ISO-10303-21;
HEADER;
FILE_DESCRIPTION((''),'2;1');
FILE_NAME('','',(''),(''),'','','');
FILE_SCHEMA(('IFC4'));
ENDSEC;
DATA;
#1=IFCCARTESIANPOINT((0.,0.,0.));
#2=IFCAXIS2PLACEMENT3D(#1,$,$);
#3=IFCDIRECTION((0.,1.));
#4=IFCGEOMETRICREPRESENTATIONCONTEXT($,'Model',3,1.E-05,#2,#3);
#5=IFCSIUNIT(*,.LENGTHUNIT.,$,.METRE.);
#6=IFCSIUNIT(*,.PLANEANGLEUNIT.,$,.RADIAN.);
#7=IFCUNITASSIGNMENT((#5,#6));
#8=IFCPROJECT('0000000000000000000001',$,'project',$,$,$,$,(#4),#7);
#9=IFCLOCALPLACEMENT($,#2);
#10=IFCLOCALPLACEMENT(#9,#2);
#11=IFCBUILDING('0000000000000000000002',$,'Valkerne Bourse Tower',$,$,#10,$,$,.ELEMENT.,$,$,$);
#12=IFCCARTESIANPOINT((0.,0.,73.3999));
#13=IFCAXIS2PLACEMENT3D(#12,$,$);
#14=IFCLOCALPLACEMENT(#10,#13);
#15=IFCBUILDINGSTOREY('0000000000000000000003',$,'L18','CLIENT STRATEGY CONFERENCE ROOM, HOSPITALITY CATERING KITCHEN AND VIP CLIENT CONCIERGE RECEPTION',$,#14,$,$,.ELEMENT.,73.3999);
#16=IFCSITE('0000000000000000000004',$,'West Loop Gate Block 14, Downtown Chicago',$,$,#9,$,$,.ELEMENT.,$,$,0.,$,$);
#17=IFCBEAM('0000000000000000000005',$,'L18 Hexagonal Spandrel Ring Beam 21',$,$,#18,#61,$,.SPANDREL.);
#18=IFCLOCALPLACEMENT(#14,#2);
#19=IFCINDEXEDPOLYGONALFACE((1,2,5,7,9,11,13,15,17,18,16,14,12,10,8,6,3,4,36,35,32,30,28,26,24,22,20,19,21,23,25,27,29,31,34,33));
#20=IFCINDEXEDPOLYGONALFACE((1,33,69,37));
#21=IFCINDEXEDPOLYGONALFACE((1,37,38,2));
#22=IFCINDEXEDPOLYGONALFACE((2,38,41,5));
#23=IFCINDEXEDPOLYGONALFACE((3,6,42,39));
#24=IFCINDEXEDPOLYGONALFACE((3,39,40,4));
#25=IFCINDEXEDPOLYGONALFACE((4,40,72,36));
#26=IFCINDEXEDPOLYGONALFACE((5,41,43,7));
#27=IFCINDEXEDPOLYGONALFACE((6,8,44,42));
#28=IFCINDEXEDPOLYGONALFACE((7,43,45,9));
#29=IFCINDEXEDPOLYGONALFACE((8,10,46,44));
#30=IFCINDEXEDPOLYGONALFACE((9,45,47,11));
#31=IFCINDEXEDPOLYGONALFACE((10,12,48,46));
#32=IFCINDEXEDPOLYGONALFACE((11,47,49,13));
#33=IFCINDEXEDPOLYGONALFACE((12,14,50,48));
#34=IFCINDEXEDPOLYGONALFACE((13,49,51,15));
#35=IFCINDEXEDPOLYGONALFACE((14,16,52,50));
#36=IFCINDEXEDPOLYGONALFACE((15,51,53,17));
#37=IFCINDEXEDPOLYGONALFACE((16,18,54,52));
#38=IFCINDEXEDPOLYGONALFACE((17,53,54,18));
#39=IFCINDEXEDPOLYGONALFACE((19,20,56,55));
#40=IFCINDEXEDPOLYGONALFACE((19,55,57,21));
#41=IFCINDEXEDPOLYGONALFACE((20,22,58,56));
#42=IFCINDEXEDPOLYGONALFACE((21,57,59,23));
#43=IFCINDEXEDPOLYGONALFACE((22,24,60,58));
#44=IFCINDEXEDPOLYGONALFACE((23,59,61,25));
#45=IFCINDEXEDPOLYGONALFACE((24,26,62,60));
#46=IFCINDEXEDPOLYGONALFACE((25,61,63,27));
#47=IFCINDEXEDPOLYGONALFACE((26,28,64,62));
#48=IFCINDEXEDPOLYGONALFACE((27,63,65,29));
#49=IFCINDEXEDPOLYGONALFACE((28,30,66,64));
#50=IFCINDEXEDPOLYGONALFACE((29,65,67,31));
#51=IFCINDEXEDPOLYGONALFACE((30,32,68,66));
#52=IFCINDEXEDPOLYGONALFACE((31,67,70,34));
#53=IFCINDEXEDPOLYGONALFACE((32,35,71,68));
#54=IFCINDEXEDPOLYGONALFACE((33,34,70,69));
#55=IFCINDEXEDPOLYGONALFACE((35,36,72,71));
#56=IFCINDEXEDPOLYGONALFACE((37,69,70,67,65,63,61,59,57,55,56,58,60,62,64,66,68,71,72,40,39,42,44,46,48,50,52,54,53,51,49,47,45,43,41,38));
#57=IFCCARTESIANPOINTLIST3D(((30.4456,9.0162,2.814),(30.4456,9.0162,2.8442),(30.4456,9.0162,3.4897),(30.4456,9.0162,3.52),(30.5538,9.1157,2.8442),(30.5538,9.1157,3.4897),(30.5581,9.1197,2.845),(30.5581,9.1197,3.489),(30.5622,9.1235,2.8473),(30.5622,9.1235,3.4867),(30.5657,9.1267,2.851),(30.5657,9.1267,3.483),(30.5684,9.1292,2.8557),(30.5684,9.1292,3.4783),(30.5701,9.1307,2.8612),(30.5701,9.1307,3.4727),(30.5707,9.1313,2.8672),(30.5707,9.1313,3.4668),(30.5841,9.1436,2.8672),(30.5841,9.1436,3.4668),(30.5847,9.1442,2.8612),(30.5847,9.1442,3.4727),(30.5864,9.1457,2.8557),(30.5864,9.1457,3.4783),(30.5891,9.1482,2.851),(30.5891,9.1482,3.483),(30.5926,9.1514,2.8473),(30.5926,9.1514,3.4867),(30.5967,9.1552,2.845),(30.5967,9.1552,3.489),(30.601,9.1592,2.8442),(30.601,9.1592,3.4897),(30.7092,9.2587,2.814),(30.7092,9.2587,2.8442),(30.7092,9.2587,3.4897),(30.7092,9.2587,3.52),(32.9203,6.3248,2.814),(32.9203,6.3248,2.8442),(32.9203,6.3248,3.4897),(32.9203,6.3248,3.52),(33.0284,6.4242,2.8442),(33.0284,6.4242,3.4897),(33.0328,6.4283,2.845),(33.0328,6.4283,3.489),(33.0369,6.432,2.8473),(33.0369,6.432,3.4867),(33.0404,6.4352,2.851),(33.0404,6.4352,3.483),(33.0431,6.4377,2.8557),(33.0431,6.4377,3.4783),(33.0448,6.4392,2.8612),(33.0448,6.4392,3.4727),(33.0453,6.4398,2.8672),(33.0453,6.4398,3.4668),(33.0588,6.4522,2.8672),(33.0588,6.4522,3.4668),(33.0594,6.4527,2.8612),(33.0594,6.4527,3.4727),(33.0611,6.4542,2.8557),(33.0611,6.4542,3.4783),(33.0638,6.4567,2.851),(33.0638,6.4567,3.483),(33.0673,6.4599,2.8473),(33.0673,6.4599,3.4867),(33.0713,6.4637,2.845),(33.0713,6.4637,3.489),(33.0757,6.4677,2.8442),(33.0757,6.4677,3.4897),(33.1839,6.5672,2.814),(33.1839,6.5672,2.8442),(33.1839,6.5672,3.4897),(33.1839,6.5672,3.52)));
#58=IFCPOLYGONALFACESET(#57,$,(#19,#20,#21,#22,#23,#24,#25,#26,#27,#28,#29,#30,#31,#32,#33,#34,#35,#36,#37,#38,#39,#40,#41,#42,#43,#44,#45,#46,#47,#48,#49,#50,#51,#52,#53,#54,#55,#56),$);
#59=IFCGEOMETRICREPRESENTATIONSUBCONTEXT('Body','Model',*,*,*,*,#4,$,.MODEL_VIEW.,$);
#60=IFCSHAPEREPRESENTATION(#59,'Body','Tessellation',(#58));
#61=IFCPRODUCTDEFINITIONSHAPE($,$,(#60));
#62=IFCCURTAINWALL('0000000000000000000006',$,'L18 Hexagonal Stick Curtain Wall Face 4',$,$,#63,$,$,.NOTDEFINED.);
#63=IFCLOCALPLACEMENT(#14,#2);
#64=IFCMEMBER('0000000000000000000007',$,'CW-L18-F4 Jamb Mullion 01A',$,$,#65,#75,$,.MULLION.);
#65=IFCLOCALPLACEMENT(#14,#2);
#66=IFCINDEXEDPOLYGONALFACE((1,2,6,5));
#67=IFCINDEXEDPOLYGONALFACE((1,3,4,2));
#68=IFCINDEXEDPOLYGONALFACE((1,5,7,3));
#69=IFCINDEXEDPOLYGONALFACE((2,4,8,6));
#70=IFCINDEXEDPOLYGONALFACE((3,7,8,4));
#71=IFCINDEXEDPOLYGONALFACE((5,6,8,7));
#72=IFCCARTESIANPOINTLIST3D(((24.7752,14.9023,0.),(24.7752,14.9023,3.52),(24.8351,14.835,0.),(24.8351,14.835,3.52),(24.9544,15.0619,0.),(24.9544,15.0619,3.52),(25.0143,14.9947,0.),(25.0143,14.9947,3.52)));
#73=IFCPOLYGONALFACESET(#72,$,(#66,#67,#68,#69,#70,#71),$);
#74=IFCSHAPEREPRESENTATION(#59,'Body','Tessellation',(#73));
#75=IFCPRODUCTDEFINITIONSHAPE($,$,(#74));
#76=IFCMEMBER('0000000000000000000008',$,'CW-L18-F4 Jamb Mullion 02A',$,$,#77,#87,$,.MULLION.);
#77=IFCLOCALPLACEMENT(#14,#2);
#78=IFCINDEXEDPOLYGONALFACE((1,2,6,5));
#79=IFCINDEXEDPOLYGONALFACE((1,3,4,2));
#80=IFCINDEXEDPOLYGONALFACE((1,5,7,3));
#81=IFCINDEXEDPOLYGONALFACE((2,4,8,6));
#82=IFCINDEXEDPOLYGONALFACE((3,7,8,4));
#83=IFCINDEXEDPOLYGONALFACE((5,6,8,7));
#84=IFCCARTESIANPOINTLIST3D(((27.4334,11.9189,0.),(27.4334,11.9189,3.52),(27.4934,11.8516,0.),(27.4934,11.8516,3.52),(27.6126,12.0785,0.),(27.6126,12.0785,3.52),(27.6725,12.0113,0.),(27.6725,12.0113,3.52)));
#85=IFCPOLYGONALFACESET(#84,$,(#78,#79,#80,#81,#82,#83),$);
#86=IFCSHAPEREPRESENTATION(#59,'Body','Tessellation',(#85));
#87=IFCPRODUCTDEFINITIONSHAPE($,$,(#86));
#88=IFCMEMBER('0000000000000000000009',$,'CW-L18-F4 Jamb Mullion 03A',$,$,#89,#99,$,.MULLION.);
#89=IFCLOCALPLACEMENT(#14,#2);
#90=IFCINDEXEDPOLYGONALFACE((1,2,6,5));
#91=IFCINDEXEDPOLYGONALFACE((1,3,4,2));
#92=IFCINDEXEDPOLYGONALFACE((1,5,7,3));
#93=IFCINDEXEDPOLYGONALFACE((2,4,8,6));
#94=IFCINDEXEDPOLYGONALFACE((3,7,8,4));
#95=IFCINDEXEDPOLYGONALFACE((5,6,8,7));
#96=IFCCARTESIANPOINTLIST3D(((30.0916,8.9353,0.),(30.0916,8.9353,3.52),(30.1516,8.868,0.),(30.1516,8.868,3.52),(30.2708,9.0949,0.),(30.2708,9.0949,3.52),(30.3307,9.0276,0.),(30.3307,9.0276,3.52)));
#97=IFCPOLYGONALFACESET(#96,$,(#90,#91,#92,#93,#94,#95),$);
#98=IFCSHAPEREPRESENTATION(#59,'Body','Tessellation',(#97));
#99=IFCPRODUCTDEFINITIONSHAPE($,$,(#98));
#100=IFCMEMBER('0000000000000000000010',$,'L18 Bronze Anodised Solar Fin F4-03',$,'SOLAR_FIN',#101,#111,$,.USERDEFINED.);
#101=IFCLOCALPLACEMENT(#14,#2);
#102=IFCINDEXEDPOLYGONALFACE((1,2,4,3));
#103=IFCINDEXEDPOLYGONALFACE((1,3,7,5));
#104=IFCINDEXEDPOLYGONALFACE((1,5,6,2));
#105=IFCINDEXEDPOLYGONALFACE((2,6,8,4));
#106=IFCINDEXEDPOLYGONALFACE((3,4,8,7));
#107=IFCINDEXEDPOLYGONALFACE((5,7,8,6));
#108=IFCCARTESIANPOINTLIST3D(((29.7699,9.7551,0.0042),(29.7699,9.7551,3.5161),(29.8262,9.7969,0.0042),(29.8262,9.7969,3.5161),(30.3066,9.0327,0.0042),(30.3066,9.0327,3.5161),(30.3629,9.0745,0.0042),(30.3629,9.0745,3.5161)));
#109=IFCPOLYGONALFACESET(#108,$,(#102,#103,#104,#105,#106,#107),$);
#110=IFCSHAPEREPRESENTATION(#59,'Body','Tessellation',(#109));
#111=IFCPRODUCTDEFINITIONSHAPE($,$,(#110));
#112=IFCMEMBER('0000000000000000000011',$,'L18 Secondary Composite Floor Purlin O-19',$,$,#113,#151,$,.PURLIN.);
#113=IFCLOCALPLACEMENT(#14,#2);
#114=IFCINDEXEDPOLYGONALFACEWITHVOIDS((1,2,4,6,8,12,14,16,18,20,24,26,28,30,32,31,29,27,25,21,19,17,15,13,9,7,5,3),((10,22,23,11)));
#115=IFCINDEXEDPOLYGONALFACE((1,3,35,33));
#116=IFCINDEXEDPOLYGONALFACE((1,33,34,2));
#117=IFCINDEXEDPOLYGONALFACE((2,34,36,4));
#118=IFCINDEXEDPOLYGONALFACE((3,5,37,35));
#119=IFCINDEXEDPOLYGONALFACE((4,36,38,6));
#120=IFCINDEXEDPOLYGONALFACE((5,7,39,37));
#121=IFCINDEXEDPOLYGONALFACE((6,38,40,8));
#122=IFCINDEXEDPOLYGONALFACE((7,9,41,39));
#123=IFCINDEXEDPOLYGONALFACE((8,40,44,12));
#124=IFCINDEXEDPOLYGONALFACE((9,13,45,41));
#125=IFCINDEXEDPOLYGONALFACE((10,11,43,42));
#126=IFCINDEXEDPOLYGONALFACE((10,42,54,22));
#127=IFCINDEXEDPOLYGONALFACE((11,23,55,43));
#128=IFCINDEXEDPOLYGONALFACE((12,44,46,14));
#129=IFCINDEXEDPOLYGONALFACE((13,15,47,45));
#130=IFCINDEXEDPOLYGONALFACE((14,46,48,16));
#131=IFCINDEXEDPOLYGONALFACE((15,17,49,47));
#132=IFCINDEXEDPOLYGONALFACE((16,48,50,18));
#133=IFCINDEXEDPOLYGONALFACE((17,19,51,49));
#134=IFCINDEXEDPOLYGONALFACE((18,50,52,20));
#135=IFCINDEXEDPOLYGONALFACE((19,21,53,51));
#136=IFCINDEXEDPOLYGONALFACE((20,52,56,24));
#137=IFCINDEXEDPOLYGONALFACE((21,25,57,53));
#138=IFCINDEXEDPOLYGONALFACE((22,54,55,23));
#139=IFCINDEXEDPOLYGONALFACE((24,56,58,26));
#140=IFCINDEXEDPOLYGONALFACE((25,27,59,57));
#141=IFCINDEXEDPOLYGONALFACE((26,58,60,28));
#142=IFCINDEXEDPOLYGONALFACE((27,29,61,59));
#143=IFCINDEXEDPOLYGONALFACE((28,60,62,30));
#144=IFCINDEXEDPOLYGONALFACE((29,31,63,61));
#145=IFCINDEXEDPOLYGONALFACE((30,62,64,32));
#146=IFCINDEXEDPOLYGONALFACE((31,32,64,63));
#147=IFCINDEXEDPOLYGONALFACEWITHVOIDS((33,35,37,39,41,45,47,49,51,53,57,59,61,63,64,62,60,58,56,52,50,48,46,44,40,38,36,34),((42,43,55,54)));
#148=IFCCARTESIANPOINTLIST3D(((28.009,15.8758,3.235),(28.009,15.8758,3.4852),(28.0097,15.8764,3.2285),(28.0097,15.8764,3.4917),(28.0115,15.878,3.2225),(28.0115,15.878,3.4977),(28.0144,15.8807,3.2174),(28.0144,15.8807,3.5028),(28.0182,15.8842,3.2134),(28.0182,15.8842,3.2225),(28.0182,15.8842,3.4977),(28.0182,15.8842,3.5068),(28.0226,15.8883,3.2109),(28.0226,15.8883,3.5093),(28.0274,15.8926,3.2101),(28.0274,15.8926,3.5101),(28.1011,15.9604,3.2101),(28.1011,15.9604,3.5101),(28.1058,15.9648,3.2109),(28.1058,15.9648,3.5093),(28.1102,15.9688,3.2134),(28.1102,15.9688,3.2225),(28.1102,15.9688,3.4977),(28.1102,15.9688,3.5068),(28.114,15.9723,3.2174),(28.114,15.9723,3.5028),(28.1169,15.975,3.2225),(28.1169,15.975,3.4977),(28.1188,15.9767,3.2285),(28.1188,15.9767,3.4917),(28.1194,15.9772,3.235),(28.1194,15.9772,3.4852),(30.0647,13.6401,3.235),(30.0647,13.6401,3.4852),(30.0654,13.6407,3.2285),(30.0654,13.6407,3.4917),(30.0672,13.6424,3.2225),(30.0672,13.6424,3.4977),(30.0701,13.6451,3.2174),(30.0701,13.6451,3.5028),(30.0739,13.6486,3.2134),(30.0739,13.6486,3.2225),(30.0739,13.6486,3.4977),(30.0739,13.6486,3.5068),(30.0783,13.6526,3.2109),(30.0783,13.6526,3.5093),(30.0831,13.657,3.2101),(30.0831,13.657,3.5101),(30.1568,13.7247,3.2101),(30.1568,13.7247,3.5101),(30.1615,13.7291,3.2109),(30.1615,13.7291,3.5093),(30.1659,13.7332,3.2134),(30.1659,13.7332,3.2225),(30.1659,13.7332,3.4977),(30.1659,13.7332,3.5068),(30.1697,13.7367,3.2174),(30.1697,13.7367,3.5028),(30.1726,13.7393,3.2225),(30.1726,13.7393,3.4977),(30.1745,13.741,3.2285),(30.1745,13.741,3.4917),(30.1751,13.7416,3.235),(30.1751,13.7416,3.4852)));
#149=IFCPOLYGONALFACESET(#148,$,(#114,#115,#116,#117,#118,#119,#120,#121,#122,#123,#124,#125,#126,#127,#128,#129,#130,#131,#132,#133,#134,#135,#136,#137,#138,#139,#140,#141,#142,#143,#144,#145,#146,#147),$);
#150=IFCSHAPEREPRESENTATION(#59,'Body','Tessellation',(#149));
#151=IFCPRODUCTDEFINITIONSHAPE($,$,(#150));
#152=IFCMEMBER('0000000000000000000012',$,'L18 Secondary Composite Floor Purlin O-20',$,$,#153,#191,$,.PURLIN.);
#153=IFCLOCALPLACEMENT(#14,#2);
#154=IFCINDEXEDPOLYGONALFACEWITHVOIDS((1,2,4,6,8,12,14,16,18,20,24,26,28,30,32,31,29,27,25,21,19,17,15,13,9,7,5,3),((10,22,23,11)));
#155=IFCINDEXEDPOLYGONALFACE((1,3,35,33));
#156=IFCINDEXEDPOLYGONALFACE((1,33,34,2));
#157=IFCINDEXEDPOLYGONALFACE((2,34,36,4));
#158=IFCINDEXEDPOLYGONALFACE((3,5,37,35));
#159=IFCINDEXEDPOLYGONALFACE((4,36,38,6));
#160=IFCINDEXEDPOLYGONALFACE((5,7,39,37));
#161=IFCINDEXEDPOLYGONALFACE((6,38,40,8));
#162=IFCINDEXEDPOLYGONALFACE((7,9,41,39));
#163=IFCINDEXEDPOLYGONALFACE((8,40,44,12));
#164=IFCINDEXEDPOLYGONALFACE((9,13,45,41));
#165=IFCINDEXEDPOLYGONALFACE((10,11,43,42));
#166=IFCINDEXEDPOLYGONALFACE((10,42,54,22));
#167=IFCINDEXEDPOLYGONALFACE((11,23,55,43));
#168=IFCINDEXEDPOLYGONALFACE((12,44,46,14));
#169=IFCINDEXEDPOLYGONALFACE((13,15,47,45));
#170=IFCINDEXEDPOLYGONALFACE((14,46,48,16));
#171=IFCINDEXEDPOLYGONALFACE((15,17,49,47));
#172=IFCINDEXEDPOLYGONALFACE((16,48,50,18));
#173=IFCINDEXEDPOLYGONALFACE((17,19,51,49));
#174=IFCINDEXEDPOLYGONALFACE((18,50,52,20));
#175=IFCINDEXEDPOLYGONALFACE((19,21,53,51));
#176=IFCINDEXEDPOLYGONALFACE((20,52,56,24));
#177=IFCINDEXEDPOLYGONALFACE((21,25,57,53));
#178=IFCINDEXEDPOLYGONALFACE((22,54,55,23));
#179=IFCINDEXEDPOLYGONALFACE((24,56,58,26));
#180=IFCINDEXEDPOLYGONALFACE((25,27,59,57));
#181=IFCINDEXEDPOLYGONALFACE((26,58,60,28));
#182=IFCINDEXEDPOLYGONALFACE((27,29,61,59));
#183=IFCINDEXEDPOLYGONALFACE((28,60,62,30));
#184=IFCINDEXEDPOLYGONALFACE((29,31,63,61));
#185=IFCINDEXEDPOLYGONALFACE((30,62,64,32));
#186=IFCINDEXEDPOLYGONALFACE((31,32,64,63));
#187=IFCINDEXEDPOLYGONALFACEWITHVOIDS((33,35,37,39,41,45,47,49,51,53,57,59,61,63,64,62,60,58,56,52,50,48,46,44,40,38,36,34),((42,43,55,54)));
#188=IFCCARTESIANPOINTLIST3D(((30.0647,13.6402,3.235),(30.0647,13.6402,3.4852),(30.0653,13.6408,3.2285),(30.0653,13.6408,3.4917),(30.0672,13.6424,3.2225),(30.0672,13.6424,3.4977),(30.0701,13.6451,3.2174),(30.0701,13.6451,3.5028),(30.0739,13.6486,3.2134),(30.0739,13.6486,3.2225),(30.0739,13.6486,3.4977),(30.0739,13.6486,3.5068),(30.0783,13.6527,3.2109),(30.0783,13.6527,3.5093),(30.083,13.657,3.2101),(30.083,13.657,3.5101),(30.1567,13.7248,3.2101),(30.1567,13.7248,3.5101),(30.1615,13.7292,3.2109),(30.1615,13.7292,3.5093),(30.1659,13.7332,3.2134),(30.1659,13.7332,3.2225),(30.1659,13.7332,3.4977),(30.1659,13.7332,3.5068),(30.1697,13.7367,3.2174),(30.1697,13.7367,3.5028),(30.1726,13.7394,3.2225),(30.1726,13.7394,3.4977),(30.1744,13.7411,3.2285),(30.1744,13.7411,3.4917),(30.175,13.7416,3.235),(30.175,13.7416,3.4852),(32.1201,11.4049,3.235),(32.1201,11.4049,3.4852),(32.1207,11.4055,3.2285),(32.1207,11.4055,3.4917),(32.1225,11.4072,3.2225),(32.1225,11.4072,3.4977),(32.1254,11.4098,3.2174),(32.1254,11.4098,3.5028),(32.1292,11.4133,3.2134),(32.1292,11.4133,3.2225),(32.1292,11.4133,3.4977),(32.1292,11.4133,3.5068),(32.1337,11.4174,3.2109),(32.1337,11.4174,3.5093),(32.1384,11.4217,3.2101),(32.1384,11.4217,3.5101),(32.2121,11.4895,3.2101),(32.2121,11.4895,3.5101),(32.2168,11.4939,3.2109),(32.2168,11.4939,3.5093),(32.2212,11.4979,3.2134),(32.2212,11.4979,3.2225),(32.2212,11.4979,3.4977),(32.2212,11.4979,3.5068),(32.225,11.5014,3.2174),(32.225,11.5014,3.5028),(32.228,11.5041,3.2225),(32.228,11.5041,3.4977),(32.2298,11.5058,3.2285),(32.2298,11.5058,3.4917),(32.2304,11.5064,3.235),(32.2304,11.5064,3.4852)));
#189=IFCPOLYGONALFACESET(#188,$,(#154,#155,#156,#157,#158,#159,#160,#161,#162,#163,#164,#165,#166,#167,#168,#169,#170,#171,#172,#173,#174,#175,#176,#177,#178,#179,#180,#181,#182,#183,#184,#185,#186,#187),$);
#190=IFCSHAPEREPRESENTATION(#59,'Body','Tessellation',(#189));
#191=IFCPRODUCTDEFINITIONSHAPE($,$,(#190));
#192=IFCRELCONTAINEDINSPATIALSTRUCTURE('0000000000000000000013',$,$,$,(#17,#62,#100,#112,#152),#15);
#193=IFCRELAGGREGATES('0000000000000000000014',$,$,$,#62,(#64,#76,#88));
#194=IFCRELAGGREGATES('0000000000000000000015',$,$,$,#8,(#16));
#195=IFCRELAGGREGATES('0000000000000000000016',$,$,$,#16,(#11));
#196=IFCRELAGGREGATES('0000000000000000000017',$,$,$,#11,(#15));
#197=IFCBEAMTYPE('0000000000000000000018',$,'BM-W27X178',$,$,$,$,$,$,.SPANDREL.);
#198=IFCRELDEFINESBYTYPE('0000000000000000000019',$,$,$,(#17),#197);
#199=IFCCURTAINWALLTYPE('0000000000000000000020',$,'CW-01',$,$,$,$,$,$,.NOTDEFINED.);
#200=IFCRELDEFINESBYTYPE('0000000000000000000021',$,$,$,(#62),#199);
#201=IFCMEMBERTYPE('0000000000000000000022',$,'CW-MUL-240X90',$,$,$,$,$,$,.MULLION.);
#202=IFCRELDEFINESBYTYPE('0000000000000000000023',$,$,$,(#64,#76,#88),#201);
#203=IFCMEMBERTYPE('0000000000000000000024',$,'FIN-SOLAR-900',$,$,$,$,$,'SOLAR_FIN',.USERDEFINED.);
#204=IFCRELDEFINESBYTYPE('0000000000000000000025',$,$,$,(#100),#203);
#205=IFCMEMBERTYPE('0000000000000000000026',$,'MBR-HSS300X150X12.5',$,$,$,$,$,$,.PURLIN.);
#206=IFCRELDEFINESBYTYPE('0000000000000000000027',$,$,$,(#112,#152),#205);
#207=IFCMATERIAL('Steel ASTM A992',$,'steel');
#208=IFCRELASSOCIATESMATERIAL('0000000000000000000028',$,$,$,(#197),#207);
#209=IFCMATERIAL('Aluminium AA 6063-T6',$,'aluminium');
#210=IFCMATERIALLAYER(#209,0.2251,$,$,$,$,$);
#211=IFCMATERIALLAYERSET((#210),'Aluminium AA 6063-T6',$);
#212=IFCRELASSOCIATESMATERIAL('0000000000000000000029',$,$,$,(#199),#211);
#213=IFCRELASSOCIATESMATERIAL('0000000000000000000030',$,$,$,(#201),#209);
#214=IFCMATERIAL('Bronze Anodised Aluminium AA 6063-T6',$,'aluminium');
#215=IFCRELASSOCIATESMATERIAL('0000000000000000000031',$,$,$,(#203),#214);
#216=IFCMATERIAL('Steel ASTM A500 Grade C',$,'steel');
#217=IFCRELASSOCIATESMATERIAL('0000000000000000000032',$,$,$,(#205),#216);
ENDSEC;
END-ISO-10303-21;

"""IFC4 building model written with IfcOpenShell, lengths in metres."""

from ifc_helpers import new_model, si_unit, direction, frame, origin, origin_2d, place, context, subcontext, project, spatial, rectangle, hollow_rectangle, i_section, extrude, material, layer, layer_set, material_profile, profile_set, type_object, element, aggregate, save


model = new_model("IFC4")

# Units and contexts
model_context = context("Model", 3, precision=1e-05, world=origin(), true_north=direction((0.0, 1.0)))
body_context = subcontext(model_context, "Body", "Model", "MODEL_VIEW")
ifc_project = project(units=[si_unit("LENGTHUNIT", "METRE"), si_unit("PLANEANGLEUNIT", "RADIAN")], contexts=[model_context])

# Site, building, storey
site_placement = place(None, origin())
site = spatial("IfcSite", under=ifc_project, at=site_placement, Name="West Loop Gate Block 14, Downtown Chicago", CompositionType="ELEMENT", RefElevation=0.0)
building_placement = place(site_placement, origin())
building = spatial("IfcBuilding", under=site, at=building_placement, Name="Valkerne Bourse Tower", CompositionType="ELEMENT")
storey_placement = place(building_placement, frame((0.0, 0.0, 73.3999)))
storey = spatial("IfcBuildingStorey", under=building, at=storey_placement, Name="L18", Description="CLIENT STRATEGY CONFERENCE ROOM, HOSPITALITY CATERING KITCHEN AND VIP CLIENT CONCIERGE RECEPTION", CompositionType="ELEMENT", Elevation=73.3999)

# Beam
ifc_material_1 = material(Name="Steel ASTM A992", Category="steel")
ifc_material_profile_1 = material_profile(ifc_material_1, i_section(OverallWidth=0.3582, OverallDepth=0.7061, WebThickness=0.0183, FlangeThickness=0.0303, FilletRadius=0.0229, at=origin_2d()), Name="W27X178")
ifc_profile_set_1 = profile_set([ifc_material_profile_1], Name="Steel ASTM A992")
beam_type_1 = type_object("IfcBeamType", Name="BM-W27X178", PredefinedType="SPANDREL", material=ifc_profile_set_1)
beam_1_placement = place(storey_placement, frame((30.5774, 9.1375, 3.167), z_axis=(0.676837, -0.736133, 0.0), x_axis=(0.736133, 0.676837, 0.0)))
element("IfcBeam", 1, at=beam_1_placement, inside=storey, type_object=beam_type_1, Name="L18 Hexagonal Spandrel Ring Beam 21", PredefinedType="SPANDREL", context=body_context, shape_type="SweptSolid", body=[
    extrude(i_section(OverallWidth=0.3582, OverallDepth=0.7061, WebThickness=0.0183, FlangeThickness=0.0303, FilletRadius=0.0229, at=origin_2d()), origin(), (0.0, 0.0, 1.0), 3.6562),
])

# Curtain wall, members
ifc_material_2 = material(Name="Aluminium AA 6063-T6", Category="aluminium")
ifc_layer_1 = layer(ifc_material_2, 0.2251)
ifc_layer_set_1 = layer_set([ifc_layer_1], Name="Aluminium AA 6063-T6")
curtain_wall_type = type_object("IfcCurtainWallType", Name="CW-01", PredefinedType="NOTDEFINED", material=ifc_layer_set_1)
curtain_wall_placement = place(storey_placement, origin())
curtain_wall = element("IfcCurtainWall", 2, at=curtain_wall_placement, inside=storey, type_object=curtain_wall_type, Name="L18 Hexagonal Stick Curtain Wall Face 4", PredefinedType="NOTDEFINED")
ifc_material_profile_2 = material_profile(ifc_material_2, rectangle(XDim=0.0901, YDim=0.24, at=origin_2d()), Name="CWM-90X240")
ifc_profile_set_2 = profile_set([ifc_material_profile_2], Name="Aluminium AA 6063-T6")
member_type_1 = type_object("IfcMemberType", Name="CW-MUL-240X90", PredefinedType="MULLION", material=ifc_profile_set_2)
member_1_placement = place(storey_placement, frame((24.8948, 14.9485, 0.0), z_axis=(0.0, 0.0, 1.0), x_axis=(0.665232, -0.746637, 0.0)))
member_1 = element("IfcMember", 3, at=member_1_placement, type_object=member_type_1, Name="CW-L18-F4 Jamb Mullion 01A", PredefinedType="MULLION", context=body_context, shape_type="SweptSolid", body=[
    extrude(rectangle(XDim=0.0901, YDim=0.24, at=origin_2d()), origin(), (0.0, 0.0, 1.0), 3.52),
])
member_2_placement = place(storey_placement, frame((27.553, 11.9651, 0.0), z_axis=(0.0, 0.0, 1.0), x_axis=(0.665244, -0.746626, 0.0)))
member_2 = element("IfcMember", 4, at=member_2_placement, type_object=member_type_1, Name="CW-L18-F4 Jamb Mullion 02A", PredefinedType="MULLION", context=body_context, shape_type="SweptSolid", body=[
    extrude(rectangle(XDim=0.0901, YDim=0.24, at=origin_2d()), origin(), (0.0, 0.0, 1.0), 3.52),
])
member_3_placement = place(storey_placement, frame((30.2112, 8.9814, 0.0), z_axis=(0.0, 0.0, 1.0), x_axis=(0.665218, -0.746649, 0.0)))
member_3 = element("IfcMember", 5, at=member_3_placement, type_object=member_type_1, Name="CW-L18-F4 Jamb Mullion 03A", PredefinedType="MULLION", context=body_context, shape_type="SweptSolid", body=[
    extrude(rectangle(XDim=0.0901, YDim=0.24, at=origin_2d()), origin(), (0.0, 0.0, 1.0), 3.52),
])

# Members
ifc_material_3 = material(Name="Bronze Anodised Aluminium AA 6063-T6", Category="aluminium")
ifc_material_profile_3 = material_profile(ifc_material_3, rectangle(XDim=0.0701, YDim=0.8999, at=origin_2d()), Name="FIN-70X900")
ifc_profile_set_3 = profile_set([ifc_material_profile_3], Name="Bronze Anodised Aluminium AA 6063-T6")
member_type_2 = type_object("IfcMemberType", Name="FIN-SOLAR-900", ElementType="SOLAR_FIN", PredefinedType="USERDEFINED", material=ifc_profile_set_3)
member_4_placement = place(storey_placement, frame((30.0664, 9.4148, 0.0042), z_axis=(0.0, 0.0, 1.0), x_axis=(-0.802679, -0.596411, 0.0)))
element("IfcMember", 6, at=member_4_placement, inside=storey, type_object=member_type_2, Name="L18 Bronze Anodised Solar Fin F4-03", ObjectType="SOLAR_FIN", PredefinedType="USERDEFINED", context=body_context, shape_type="SweptSolid", body=[
    extrude(rectangle(XDim=0.0701, YDim=0.8999, at=origin_2d()), origin(), (0.0, 0.0, 1.0), 3.512),
])
ifc_material_4 = material(Name="Steel ASTM A500 Grade C", Category="steel")
ifc_material_profile_4 = material_profile(ifc_material_4, hollow_rectangle(XDim=0.1499, YDim=0.3, WallThickness=0.0125, OuterFilletRadius=0.0249, at=origin_2d()), Name="HSS300X150X12.5")
ifc_profile_set_4 = profile_set([ifc_material_profile_4], Name="Steel ASTM A500 Grade C")
member_type_3 = type_object("IfcMemberType", Name="MBR-HSS300X150X12.5", PredefinedType="PURLIN", material=ifc_profile_set_4)
member_5_placement = place(storey_placement, frame((28.0642, 15.9265, 3.3601), z_axis=(0.676863, -0.736109, 0.0), x_axis=(0.736109, 0.676863, 0.0)))
element("IfcMember", 7, at=member_5_placement, inside=storey, type_object=member_type_3, Name="L18 Secondary Composite Floor Purlin O-19", PredefinedType="PURLIN", context=body_context, shape_type="SweptSolid", body=[
    extrude(hollow_rectangle(XDim=0.1499, YDim=0.3, WallThickness=0.0125, OuterFilletRadius=0.0249, at=origin_2d()), origin(), (0.0, 0.0, 1.0), 3.0371),
])
member_6_placement = place(storey_placement, frame((30.1199, 13.6909, 3.3601), z_axis=(0.67686, -0.736112, 0.0), x_axis=(0.736112, 0.67686, 0.0)))
element("IfcMember", 8, at=member_6_placement, inside=storey, type_object=member_type_3, Name="L18 Secondary Composite Floor Purlin O-20", PredefinedType="PURLIN", context=body_context, shape_type="SweptSolid", body=[
    extrude(hollow_rectangle(XDim=0.1499, YDim=0.3, WallThickness=0.0125, OuterFilletRadius=0.0249, at=origin_2d()), origin(), (0.0, 0.0, 1.0), 3.0366),
])

aggregate(curtain_wall, [member_1, member_2, member_3])

save(model, "model.ifc")
